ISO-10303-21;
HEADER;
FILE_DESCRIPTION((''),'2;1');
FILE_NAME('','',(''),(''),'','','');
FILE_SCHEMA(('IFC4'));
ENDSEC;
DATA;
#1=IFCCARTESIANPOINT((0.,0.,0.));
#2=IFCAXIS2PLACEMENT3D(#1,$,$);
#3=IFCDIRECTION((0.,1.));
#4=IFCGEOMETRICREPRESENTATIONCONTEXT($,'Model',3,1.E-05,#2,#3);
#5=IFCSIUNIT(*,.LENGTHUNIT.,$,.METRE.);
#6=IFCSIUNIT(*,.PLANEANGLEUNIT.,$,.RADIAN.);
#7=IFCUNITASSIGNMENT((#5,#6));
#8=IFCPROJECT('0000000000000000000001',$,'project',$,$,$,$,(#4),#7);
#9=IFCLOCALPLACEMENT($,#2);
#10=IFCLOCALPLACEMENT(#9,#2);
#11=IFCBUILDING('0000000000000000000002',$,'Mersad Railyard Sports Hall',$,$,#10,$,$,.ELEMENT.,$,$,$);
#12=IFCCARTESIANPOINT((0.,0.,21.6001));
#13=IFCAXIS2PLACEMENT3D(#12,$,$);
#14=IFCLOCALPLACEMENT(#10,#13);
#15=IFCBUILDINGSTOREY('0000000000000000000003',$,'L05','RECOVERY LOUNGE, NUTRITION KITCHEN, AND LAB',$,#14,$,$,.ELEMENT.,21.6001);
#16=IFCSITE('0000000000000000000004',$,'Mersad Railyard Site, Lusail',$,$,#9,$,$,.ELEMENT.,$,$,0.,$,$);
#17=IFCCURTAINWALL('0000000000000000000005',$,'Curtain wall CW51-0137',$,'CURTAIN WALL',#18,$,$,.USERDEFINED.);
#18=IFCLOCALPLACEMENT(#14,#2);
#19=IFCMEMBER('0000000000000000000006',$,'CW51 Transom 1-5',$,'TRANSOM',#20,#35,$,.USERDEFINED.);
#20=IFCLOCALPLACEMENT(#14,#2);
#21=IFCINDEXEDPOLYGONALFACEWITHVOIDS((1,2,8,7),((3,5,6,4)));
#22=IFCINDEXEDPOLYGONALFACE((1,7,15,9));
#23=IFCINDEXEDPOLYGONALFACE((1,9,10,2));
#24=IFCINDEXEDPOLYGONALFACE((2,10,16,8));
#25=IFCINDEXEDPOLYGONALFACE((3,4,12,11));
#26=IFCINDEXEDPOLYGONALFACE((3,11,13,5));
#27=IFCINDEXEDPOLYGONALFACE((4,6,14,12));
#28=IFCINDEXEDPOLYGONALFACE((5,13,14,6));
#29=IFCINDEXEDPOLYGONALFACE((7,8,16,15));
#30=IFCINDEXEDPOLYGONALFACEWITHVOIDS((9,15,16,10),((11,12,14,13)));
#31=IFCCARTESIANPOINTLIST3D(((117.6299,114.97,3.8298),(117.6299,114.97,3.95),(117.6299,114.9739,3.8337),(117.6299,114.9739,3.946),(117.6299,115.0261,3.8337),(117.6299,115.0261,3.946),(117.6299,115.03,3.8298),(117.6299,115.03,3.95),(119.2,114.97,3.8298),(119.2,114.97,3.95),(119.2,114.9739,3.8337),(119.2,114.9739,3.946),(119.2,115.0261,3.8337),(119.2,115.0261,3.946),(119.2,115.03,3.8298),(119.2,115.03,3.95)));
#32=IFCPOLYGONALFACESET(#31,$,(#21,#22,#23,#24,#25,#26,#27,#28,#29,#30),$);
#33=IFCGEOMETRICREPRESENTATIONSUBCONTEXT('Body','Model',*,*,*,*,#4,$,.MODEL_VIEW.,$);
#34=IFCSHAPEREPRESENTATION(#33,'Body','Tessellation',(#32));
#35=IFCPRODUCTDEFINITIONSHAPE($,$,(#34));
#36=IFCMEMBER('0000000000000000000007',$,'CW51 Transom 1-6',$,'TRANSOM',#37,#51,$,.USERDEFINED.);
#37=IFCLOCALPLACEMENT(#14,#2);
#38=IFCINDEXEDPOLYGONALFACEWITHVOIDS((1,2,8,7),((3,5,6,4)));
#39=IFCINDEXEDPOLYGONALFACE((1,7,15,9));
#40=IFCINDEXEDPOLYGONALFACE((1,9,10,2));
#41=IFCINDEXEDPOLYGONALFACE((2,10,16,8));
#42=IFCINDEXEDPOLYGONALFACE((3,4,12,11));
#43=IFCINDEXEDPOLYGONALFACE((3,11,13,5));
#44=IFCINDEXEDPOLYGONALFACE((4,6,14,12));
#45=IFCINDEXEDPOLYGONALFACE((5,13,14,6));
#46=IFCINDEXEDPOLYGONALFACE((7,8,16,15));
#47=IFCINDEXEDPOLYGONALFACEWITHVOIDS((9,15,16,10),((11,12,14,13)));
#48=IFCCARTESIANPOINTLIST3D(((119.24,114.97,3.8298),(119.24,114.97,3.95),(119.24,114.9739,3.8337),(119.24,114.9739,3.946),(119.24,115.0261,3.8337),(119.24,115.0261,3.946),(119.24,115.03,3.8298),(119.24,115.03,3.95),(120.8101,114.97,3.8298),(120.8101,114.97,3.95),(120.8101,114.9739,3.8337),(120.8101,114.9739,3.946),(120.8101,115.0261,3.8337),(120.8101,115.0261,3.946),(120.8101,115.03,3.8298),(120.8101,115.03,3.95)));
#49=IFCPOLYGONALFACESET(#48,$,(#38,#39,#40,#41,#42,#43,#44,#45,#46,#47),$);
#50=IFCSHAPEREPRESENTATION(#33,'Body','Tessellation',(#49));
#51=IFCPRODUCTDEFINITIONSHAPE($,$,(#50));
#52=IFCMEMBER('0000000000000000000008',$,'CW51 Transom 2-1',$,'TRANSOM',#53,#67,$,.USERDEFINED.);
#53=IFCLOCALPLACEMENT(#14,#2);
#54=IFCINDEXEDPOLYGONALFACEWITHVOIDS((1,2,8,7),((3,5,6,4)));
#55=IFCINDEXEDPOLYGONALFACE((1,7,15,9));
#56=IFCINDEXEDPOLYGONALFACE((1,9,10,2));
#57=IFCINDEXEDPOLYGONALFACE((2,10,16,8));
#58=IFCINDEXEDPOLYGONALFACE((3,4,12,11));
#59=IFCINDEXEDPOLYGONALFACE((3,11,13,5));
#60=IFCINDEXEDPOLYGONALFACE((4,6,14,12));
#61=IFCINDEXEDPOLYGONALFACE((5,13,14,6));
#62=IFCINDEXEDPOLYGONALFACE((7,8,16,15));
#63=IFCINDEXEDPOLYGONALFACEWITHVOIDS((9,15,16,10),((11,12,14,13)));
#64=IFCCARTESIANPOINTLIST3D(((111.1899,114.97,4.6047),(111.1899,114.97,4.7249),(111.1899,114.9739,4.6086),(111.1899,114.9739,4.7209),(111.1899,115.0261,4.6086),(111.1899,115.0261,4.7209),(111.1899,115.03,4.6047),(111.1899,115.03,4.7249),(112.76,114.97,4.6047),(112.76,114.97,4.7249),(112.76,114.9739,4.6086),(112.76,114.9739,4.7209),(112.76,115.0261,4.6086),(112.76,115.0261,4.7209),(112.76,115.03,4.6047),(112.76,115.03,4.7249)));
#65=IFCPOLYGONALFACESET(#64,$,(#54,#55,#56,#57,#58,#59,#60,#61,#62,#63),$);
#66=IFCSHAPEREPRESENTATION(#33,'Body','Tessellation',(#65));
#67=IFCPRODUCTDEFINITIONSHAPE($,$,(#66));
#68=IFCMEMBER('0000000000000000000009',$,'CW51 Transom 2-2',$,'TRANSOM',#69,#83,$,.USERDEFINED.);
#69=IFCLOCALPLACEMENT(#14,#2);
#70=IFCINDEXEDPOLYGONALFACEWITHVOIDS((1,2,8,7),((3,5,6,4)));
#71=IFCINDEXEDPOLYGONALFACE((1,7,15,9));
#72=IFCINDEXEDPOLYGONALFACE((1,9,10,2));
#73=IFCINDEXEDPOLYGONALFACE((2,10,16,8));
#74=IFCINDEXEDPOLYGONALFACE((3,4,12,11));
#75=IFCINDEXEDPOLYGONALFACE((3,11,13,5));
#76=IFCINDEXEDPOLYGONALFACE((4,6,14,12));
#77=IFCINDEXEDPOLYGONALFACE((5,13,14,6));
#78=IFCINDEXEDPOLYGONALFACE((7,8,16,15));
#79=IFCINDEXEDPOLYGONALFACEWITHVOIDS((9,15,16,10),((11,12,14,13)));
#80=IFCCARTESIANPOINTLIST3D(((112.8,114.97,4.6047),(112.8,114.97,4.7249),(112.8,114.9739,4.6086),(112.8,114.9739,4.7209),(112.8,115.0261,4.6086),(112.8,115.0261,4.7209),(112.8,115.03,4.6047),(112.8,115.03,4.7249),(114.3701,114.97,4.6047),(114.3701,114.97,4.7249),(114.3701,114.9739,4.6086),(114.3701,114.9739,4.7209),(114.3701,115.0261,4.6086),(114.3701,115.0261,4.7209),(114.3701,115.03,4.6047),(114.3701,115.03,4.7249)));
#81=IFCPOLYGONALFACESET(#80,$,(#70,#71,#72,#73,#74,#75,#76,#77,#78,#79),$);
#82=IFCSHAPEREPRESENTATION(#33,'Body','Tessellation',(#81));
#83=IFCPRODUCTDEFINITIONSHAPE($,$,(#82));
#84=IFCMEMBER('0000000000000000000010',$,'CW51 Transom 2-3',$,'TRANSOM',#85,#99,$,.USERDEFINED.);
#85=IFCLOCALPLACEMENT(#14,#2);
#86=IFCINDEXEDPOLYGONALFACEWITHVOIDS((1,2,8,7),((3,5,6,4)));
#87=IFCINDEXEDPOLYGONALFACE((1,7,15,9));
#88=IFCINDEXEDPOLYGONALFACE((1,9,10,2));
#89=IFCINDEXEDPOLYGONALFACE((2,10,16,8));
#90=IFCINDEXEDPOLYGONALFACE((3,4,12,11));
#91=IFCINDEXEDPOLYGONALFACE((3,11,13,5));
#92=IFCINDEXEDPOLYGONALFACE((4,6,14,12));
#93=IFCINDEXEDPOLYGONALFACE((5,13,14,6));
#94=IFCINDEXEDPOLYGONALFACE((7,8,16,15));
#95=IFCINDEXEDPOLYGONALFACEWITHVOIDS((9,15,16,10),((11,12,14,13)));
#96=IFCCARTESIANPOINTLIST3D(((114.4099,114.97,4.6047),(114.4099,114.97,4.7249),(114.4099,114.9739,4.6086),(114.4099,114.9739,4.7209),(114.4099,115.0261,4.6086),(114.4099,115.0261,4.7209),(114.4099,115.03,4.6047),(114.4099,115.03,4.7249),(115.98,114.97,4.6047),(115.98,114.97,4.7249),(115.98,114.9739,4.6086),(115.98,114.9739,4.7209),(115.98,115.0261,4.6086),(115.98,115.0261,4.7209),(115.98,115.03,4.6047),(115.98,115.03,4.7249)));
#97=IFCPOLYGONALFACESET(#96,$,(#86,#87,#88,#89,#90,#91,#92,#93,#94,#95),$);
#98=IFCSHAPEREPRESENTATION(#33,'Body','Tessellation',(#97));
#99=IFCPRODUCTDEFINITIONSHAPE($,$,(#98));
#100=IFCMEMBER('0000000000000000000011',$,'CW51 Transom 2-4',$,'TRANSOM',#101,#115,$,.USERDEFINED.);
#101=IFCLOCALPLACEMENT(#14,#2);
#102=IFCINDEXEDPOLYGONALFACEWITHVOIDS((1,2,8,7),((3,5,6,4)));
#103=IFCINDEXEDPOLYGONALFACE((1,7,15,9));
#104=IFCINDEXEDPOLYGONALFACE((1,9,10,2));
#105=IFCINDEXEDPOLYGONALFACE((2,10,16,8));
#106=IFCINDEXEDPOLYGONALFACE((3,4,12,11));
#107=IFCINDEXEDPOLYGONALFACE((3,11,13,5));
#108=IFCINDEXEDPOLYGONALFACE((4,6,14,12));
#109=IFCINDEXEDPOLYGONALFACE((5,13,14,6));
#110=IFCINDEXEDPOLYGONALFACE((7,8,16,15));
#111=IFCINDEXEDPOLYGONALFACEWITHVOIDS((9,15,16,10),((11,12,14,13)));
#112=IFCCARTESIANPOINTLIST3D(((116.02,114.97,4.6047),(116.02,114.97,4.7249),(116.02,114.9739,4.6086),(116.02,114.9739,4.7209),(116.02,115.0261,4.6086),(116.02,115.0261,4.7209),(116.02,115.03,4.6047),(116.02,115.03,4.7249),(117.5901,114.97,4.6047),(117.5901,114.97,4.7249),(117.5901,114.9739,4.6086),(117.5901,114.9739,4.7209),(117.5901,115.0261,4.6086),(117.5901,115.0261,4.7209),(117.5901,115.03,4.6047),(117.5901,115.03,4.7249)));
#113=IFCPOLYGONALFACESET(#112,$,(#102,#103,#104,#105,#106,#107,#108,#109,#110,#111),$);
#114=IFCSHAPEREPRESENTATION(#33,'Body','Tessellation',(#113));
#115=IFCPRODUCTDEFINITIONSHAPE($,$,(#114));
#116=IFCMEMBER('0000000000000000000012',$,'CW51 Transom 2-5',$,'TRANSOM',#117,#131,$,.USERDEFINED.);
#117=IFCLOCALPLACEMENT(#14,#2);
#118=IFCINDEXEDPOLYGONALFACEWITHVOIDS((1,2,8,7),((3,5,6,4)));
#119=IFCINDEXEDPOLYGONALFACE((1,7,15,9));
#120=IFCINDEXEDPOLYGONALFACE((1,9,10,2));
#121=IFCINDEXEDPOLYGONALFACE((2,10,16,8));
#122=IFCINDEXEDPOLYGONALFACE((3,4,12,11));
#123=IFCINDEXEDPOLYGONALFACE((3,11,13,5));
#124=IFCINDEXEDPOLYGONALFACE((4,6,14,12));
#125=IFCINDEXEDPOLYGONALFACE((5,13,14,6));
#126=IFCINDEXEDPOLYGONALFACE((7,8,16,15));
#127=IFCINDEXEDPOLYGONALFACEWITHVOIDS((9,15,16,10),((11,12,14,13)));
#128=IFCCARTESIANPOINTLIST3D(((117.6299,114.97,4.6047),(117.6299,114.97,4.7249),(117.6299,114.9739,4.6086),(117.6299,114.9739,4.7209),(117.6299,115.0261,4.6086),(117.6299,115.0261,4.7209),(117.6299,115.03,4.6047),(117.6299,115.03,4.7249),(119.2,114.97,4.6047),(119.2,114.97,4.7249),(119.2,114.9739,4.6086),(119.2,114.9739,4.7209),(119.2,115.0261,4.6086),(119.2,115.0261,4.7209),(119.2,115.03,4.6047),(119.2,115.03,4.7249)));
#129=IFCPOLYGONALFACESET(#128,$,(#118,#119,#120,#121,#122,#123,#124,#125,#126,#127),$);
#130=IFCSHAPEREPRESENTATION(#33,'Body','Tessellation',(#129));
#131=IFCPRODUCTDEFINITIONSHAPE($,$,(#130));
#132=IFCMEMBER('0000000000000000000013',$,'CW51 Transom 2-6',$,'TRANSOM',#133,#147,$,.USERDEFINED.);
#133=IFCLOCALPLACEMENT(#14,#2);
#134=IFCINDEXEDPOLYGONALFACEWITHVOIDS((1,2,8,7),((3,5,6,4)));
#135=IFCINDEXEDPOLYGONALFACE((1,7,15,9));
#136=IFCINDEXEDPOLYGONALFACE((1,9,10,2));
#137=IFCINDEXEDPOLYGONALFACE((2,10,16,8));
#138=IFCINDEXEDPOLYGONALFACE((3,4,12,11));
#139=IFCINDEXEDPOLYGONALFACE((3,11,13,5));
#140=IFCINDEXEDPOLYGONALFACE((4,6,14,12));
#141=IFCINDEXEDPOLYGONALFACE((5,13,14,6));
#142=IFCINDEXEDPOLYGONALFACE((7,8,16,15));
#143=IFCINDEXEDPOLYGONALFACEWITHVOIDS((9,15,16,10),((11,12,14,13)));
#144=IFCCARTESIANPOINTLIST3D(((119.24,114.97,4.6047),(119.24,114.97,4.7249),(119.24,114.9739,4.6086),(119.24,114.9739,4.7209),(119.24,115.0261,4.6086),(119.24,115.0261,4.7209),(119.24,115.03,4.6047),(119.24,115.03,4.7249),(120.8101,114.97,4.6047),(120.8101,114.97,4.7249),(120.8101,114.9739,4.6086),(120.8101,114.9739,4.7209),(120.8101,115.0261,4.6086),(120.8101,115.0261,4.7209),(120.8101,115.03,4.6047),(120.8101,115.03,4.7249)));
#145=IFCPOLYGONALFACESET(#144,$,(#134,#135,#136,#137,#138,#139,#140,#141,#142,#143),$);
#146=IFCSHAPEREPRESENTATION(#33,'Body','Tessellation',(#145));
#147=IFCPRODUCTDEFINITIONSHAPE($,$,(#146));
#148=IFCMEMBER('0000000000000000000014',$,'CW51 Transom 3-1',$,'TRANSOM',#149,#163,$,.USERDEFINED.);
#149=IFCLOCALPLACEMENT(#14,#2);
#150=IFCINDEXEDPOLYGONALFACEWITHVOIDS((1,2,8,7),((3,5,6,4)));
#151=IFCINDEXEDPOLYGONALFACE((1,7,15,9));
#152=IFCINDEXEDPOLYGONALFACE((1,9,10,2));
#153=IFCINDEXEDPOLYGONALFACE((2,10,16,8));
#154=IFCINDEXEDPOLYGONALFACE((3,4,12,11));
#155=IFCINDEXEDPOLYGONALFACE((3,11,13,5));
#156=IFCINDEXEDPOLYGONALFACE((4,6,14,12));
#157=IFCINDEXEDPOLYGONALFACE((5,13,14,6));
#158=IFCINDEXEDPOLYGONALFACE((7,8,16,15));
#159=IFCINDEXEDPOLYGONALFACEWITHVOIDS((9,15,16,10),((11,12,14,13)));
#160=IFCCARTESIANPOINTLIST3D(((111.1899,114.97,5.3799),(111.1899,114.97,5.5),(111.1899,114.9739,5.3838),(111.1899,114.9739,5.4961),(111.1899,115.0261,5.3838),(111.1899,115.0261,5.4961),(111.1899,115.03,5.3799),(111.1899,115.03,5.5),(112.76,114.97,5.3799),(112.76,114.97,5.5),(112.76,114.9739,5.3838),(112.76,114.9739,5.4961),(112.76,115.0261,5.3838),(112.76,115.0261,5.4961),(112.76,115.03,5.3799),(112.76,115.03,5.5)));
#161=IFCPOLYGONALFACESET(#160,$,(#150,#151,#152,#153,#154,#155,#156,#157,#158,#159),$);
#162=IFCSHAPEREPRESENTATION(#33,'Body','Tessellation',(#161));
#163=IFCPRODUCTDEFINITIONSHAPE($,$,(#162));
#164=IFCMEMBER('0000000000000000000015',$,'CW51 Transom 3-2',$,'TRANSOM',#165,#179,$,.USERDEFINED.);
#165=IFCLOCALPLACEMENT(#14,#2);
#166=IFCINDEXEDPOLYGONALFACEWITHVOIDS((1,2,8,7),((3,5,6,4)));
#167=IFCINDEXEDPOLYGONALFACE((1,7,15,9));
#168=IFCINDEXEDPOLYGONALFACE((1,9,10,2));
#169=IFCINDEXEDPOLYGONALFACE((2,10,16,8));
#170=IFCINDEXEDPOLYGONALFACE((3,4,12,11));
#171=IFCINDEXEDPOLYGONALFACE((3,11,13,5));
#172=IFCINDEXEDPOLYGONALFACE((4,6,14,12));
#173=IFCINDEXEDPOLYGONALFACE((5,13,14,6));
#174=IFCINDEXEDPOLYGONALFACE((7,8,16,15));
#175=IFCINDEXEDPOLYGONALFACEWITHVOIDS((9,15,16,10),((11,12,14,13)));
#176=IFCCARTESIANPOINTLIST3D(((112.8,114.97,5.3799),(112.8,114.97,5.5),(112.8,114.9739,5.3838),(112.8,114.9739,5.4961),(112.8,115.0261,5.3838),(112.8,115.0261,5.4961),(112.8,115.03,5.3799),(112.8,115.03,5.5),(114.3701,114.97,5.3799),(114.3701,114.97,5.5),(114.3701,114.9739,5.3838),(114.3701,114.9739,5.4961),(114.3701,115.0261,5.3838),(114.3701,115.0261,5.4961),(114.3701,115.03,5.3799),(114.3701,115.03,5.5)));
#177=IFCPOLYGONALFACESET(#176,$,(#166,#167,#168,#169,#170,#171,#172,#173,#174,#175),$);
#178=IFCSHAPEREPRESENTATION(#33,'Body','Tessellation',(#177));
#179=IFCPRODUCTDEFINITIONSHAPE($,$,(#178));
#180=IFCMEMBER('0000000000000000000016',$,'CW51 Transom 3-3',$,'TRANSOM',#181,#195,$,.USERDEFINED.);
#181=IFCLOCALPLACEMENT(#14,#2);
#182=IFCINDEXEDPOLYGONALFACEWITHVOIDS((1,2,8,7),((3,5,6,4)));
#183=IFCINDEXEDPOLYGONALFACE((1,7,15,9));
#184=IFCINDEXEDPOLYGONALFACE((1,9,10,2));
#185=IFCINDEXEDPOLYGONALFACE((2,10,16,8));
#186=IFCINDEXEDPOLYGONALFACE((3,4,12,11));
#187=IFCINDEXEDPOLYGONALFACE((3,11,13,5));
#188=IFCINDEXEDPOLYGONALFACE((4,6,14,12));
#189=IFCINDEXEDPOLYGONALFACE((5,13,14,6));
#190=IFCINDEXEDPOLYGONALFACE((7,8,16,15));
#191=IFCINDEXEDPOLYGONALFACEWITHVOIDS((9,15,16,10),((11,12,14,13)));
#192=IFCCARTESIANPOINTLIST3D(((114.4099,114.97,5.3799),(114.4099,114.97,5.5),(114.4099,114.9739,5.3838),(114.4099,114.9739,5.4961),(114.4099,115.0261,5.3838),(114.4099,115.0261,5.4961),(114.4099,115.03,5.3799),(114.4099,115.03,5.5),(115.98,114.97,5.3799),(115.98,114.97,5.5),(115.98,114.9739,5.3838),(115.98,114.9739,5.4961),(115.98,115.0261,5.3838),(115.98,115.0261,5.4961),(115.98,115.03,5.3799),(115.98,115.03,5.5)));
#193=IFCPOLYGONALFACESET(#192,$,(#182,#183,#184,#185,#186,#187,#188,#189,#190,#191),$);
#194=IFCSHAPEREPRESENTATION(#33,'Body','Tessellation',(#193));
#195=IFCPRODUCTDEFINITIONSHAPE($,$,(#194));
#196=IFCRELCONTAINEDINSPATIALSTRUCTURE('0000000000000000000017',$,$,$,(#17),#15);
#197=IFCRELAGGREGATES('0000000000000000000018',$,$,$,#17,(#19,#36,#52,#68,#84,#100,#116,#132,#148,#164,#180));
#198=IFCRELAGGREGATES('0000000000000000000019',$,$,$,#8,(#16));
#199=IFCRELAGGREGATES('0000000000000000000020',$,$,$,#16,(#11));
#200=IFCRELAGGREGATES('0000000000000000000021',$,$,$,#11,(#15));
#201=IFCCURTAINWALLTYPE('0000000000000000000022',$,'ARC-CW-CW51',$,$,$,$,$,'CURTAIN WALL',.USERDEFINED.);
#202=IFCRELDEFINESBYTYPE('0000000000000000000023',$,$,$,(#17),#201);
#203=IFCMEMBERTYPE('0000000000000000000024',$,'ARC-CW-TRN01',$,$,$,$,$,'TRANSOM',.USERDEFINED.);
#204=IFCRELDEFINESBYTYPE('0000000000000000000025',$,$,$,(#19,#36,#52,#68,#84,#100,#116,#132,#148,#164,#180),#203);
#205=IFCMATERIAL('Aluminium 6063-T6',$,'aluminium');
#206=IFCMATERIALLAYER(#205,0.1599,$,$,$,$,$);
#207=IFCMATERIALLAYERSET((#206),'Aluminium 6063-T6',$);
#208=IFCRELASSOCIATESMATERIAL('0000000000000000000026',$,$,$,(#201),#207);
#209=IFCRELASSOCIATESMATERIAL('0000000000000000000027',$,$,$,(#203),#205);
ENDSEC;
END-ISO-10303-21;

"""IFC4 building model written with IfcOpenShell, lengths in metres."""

from ifc_helpers import new_model, si_unit, direction, frame, origin, origin_2d, place, context, subcontext, project, spatial, hollow_rectangle, extrude, material, layer, layer_set, material_profile, profile_set, type_object, element, aggregate, save


model = new_model("IFC4")

# Units and contexts
model_context = context("Model", 3, precision=1e-05, world=origin(), true_north=direction((0.0, 1.0)))
body_context = subcontext(model_context, "Body", "Model", "MODEL_VIEW")
ifc_project = project(units=[si_unit("LENGTHUNIT", "METRE"), si_unit("PLANEANGLEUNIT", "RADIAN")], contexts=[model_context])

# Site, building, storey
site_placement = place(None, origin())
site = spatial("IfcSite", under=ifc_project, at=site_placement, Name="Mersad Railyard Site, Lusail", CompositionType="ELEMENT", RefElevation=0.0)
building_placement = place(site_placement, origin())
building = spatial("IfcBuilding", under=site, at=building_placement, Name="Mersad Railyard Sports Hall", CompositionType="ELEMENT")
storey_placement = place(building_placement, frame((0.0, 0.0, 21.6001)))
storey = spatial("IfcBuildingStorey", under=building, at=storey_placement, Name="L05", Description="RECOVERY LOUNGE, NUTRITION KITCHEN, AND LAB", CompositionType="ELEMENT", Elevation=21.6001)

# Curtain wall, members
ifc_material_1 = material(Name="Aluminium 6063-T6", Category="aluminium")
ifc_layer_1 = layer(ifc_material_1, 0.1599)
ifc_layer_set_1 = layer_set([ifc_layer_1], Name="Aluminium 6063-T6")
curtain_wall_type = type_object("IfcCurtainWallType", Name="ARC-CW-CW51", ElementType="CURTAIN WALL", PredefinedType="USERDEFINED", material=ifc_layer_set_1)
curtain_wall_placement = place(storey_placement, origin())
curtain_wall = element("IfcCurtainWall", 1, at=curtain_wall_placement, inside=storey, type_object=curtain_wall_type, Name="Curtain wall CW51-0137", ObjectType="CURTAIN WALL", PredefinedType="USERDEFINED")
ifc_material_profile_1 = material_profile(ifc_material_1, hollow_rectangle(XDim=0.0601, YDim=0.1201, WallThickness=0.0039, at=origin_2d()), Name="AL TRANSOM 60x120x4")
ifc_profile_set_1 = profile_set([ifc_material_profile_1], Name="Aluminium 6063-T6")
member_type_1 = type_object("IfcMemberType", Name="ARC-CW-TRN01", ElementType="TRANSOM", PredefinedType="USERDEFINED", material=ifc_profile_set_1)
member_1_placement = place(storey_placement, frame((117.6299, 115.0, 3.8899), z_axis=(1.0, 0.0, 0.0), x_axis=(0.0, 1.0, 0.0)))
member_1 = element("IfcMember", 2, at=member_1_placement, type_object=member_type_1, Name="CW51 Transom 1-5", ObjectType="TRANSOM", PredefinedType="USERDEFINED", context=body_context, shape_type="SweptSolid", body=[
    extrude(hollow_rectangle(XDim=0.0601, YDim=0.1201, WallThickness=0.0039, at=origin_2d()), origin(), (0.0, 0.0, 1.0), 1.5701),
])
member_2_placement = place(storey_placement, frame((119.24, 115.0, 3.8899), z_axis=(1.0, 0.0, 0.0), x_axis=(0.0, 1.0, 0.0)))
member_2 = element("IfcMember", 3, at=member_2_placement, type_object=member_type_1, Name="CW51 Transom 1-6", ObjectType="TRANSOM", PredefinedType="USERDEFINED", context=body_context, shape_type="SweptSolid", body=[
    extrude(hollow_rectangle(XDim=0.0601, YDim=0.1201, WallThickness=0.0039, at=origin_2d()), origin(), (0.0, 0.0, 1.0), 1.5701),
])
member_3_placement = place(storey_placement, frame((111.1899, 115.0, 4.6648), z_axis=(1.0, 0.0, 0.0), x_axis=(0.0, 1.0, 0.0)))
member_3 = element("IfcMember", 4, at=member_3_placement, type_object=member_type_1, Name="CW51 Transom 2-1", ObjectType="TRANSOM", PredefinedType="USERDEFINED", context=body_context, shape_type="SweptSolid", body=[
    extrude(hollow_rectangle(XDim=0.0601, YDim=0.1201, WallThickness=0.0039, at=origin_2d()), origin(), (0.0, 0.0, 1.0), 1.5701),
])
member_4_placement = place(storey_placement, frame((112.8, 115.0, 4.6648), z_axis=(1.0, 0.0, 0.0), x_axis=(0.0, 1.0, 0.0)))
member_4 = element("IfcMember", 5, at=member_4_placement, type_object=member_type_1, Name="CW51 Transom 2-2", ObjectType="TRANSOM", PredefinedType="USERDEFINED", context=body_context, shape_type="SweptSolid", body=[
    extrude(hollow_rectangle(XDim=0.0601, YDim=0.1201, WallThickness=0.0039, at=origin_2d()), origin(), (0.0, 0.0, 1.0), 1.5701),
])
member_5_placement = place(storey_placement, frame((114.4099, 115.0, 4.6648), z_axis=(1.0, 0.0, 0.0), x_axis=(0.0, 1.0, 0.0)))
member_5 = element("IfcMember", 6, at=member_5_placement, type_object=member_type_1, Name="CW51 Transom 2-3", ObjectType="TRANSOM", PredefinedType="USERDEFINED", context=body_context, shape_type="SweptSolid", body=[
    extrude(hollow_rectangle(XDim=0.0601, YDim=0.1201, WallThickness=0.0039, at=origin_2d()), origin(), (0.0, 0.0, 1.0), 1.5701),
])
member_6_placement = place(storey_placement, frame((116.02, 115.0, 4.6648), z_axis=(1.0, 0.0, 0.0), x_axis=(0.0, 1.0, 0.0)))
member_6 = element("IfcMember", 7, at=member_6_placement, type_object=member_type_1, Name="CW51 Transom 2-4", ObjectType="TRANSOM", PredefinedType="USERDEFINED", context=body_context, shape_type="SweptSolid", body=[
    extrude(hollow_rectangle(XDim=0.0601, YDim=0.1201, WallThickness=0.0039, at=origin_2d()), origin(), (0.0, 0.0, 1.0), 1.5701),
])
member_7_placement = place(storey_placement, frame((117.6299, 115.0, 4.6648), z_axis=(1.0, 0.0, 0.0), x_axis=(0.0, 1.0, 0.0)))
member_7 = element("IfcMember", 8, at=member_7_placement, type_object=member_type_1, Name="CW51 Transom 2-5", ObjectType="TRANSOM", PredefinedType="USERDEFINED", context=body_context, shape_type="SweptSolid", body=[
    extrude(hollow_rectangle(XDim=0.0601, YDim=0.1201, WallThickness=0.0039, at=origin_2d()), origin(), (0.0, 0.0, 1.0), 1.5701),
])
member_8_placement = place(storey_placement, frame((119.24, 115.0, 4.6648), z_axis=(1.0, 0.0, 0.0), x_axis=(0.0, 1.0, 0.0)))
member_8 = element("IfcMember", 9, at=member_8_placement, type_object=member_type_1, Name="CW51 Transom 2-6", ObjectType="TRANSOM", PredefinedType="USERDEFINED", context=body_context, shape_type="SweptSolid", body=[
    extrude(hollow_rectangle(XDim=0.0601, YDim=0.1201, WallThickness=0.0039, at=origin_2d()), origin(), (0.0, 0.0, 1.0), 1.5701),
])
member_9_placement = place(storey_placement, frame((111.1899, 115.0, 5.4399), z_axis=(1.0, 0.0, 0.0), x_axis=(0.0, 1.0, 0.0)))
member_9 = element("IfcMember", 10, at=member_9_placement, type_object=member_type_1, Name="CW51 Transom 3-1", ObjectType="TRANSOM", PredefinedType="USERDEFINED", context=body_context, shape_type="SweptSolid", body=[
    extrude(hollow_rectangle(XDim=0.0601, YDim=0.1201, WallThickness=0.0039, at=origin_2d()), origin(), (0.0, 0.0, 1.0), 1.5701),
])
member_10_placement = place(storey_placement, frame((112.8, 115.0, 5.4399), z_axis=(1.0, 0.0, 0.0), x_axis=(0.0, 1.0, 0.0)))
member_10 = element("IfcMember", 11, at=member_10_placement, type_object=member_type_1, Name="CW51 Transom 3-2", ObjectType="TRANSOM", PredefinedType="USERDEFINED", context=body_context, shape_type="SweptSolid", body=[
    extrude(hollow_rectangle(XDim=0.0601, YDim=0.1201, WallThickness=0.0039, at=origin_2d()), origin(), (0.0, 0.0, 1.0), 1.5701),
])
member_11_placement = place(storey_placement, frame((114.4099, 115.0, 5.4399), z_axis=(1.0, 0.0, 0.0), x_axis=(0.0, 1.0, 0.0)))
member_11 = element("IfcMember", 12, at=member_11_placement, type_object=member_type_1, Name="CW51 Transom 3-3", ObjectType="TRANSOM", PredefinedType="USERDEFINED", context=body_context, shape_type="SweptSolid", body=[
    extrude(hollow_rectangle(XDim=0.0601, YDim=0.1201, WallThickness=0.0039, at=origin_2d()), origin(), (0.0, 0.0, 1.0), 1.5701),
])
aggregate(curtain_wall, [member_1, member_2, member_3, member_4, member_5, member_6, member_7, member_8, member_9, member_10, member_11])

save(model, "model.ifc")
